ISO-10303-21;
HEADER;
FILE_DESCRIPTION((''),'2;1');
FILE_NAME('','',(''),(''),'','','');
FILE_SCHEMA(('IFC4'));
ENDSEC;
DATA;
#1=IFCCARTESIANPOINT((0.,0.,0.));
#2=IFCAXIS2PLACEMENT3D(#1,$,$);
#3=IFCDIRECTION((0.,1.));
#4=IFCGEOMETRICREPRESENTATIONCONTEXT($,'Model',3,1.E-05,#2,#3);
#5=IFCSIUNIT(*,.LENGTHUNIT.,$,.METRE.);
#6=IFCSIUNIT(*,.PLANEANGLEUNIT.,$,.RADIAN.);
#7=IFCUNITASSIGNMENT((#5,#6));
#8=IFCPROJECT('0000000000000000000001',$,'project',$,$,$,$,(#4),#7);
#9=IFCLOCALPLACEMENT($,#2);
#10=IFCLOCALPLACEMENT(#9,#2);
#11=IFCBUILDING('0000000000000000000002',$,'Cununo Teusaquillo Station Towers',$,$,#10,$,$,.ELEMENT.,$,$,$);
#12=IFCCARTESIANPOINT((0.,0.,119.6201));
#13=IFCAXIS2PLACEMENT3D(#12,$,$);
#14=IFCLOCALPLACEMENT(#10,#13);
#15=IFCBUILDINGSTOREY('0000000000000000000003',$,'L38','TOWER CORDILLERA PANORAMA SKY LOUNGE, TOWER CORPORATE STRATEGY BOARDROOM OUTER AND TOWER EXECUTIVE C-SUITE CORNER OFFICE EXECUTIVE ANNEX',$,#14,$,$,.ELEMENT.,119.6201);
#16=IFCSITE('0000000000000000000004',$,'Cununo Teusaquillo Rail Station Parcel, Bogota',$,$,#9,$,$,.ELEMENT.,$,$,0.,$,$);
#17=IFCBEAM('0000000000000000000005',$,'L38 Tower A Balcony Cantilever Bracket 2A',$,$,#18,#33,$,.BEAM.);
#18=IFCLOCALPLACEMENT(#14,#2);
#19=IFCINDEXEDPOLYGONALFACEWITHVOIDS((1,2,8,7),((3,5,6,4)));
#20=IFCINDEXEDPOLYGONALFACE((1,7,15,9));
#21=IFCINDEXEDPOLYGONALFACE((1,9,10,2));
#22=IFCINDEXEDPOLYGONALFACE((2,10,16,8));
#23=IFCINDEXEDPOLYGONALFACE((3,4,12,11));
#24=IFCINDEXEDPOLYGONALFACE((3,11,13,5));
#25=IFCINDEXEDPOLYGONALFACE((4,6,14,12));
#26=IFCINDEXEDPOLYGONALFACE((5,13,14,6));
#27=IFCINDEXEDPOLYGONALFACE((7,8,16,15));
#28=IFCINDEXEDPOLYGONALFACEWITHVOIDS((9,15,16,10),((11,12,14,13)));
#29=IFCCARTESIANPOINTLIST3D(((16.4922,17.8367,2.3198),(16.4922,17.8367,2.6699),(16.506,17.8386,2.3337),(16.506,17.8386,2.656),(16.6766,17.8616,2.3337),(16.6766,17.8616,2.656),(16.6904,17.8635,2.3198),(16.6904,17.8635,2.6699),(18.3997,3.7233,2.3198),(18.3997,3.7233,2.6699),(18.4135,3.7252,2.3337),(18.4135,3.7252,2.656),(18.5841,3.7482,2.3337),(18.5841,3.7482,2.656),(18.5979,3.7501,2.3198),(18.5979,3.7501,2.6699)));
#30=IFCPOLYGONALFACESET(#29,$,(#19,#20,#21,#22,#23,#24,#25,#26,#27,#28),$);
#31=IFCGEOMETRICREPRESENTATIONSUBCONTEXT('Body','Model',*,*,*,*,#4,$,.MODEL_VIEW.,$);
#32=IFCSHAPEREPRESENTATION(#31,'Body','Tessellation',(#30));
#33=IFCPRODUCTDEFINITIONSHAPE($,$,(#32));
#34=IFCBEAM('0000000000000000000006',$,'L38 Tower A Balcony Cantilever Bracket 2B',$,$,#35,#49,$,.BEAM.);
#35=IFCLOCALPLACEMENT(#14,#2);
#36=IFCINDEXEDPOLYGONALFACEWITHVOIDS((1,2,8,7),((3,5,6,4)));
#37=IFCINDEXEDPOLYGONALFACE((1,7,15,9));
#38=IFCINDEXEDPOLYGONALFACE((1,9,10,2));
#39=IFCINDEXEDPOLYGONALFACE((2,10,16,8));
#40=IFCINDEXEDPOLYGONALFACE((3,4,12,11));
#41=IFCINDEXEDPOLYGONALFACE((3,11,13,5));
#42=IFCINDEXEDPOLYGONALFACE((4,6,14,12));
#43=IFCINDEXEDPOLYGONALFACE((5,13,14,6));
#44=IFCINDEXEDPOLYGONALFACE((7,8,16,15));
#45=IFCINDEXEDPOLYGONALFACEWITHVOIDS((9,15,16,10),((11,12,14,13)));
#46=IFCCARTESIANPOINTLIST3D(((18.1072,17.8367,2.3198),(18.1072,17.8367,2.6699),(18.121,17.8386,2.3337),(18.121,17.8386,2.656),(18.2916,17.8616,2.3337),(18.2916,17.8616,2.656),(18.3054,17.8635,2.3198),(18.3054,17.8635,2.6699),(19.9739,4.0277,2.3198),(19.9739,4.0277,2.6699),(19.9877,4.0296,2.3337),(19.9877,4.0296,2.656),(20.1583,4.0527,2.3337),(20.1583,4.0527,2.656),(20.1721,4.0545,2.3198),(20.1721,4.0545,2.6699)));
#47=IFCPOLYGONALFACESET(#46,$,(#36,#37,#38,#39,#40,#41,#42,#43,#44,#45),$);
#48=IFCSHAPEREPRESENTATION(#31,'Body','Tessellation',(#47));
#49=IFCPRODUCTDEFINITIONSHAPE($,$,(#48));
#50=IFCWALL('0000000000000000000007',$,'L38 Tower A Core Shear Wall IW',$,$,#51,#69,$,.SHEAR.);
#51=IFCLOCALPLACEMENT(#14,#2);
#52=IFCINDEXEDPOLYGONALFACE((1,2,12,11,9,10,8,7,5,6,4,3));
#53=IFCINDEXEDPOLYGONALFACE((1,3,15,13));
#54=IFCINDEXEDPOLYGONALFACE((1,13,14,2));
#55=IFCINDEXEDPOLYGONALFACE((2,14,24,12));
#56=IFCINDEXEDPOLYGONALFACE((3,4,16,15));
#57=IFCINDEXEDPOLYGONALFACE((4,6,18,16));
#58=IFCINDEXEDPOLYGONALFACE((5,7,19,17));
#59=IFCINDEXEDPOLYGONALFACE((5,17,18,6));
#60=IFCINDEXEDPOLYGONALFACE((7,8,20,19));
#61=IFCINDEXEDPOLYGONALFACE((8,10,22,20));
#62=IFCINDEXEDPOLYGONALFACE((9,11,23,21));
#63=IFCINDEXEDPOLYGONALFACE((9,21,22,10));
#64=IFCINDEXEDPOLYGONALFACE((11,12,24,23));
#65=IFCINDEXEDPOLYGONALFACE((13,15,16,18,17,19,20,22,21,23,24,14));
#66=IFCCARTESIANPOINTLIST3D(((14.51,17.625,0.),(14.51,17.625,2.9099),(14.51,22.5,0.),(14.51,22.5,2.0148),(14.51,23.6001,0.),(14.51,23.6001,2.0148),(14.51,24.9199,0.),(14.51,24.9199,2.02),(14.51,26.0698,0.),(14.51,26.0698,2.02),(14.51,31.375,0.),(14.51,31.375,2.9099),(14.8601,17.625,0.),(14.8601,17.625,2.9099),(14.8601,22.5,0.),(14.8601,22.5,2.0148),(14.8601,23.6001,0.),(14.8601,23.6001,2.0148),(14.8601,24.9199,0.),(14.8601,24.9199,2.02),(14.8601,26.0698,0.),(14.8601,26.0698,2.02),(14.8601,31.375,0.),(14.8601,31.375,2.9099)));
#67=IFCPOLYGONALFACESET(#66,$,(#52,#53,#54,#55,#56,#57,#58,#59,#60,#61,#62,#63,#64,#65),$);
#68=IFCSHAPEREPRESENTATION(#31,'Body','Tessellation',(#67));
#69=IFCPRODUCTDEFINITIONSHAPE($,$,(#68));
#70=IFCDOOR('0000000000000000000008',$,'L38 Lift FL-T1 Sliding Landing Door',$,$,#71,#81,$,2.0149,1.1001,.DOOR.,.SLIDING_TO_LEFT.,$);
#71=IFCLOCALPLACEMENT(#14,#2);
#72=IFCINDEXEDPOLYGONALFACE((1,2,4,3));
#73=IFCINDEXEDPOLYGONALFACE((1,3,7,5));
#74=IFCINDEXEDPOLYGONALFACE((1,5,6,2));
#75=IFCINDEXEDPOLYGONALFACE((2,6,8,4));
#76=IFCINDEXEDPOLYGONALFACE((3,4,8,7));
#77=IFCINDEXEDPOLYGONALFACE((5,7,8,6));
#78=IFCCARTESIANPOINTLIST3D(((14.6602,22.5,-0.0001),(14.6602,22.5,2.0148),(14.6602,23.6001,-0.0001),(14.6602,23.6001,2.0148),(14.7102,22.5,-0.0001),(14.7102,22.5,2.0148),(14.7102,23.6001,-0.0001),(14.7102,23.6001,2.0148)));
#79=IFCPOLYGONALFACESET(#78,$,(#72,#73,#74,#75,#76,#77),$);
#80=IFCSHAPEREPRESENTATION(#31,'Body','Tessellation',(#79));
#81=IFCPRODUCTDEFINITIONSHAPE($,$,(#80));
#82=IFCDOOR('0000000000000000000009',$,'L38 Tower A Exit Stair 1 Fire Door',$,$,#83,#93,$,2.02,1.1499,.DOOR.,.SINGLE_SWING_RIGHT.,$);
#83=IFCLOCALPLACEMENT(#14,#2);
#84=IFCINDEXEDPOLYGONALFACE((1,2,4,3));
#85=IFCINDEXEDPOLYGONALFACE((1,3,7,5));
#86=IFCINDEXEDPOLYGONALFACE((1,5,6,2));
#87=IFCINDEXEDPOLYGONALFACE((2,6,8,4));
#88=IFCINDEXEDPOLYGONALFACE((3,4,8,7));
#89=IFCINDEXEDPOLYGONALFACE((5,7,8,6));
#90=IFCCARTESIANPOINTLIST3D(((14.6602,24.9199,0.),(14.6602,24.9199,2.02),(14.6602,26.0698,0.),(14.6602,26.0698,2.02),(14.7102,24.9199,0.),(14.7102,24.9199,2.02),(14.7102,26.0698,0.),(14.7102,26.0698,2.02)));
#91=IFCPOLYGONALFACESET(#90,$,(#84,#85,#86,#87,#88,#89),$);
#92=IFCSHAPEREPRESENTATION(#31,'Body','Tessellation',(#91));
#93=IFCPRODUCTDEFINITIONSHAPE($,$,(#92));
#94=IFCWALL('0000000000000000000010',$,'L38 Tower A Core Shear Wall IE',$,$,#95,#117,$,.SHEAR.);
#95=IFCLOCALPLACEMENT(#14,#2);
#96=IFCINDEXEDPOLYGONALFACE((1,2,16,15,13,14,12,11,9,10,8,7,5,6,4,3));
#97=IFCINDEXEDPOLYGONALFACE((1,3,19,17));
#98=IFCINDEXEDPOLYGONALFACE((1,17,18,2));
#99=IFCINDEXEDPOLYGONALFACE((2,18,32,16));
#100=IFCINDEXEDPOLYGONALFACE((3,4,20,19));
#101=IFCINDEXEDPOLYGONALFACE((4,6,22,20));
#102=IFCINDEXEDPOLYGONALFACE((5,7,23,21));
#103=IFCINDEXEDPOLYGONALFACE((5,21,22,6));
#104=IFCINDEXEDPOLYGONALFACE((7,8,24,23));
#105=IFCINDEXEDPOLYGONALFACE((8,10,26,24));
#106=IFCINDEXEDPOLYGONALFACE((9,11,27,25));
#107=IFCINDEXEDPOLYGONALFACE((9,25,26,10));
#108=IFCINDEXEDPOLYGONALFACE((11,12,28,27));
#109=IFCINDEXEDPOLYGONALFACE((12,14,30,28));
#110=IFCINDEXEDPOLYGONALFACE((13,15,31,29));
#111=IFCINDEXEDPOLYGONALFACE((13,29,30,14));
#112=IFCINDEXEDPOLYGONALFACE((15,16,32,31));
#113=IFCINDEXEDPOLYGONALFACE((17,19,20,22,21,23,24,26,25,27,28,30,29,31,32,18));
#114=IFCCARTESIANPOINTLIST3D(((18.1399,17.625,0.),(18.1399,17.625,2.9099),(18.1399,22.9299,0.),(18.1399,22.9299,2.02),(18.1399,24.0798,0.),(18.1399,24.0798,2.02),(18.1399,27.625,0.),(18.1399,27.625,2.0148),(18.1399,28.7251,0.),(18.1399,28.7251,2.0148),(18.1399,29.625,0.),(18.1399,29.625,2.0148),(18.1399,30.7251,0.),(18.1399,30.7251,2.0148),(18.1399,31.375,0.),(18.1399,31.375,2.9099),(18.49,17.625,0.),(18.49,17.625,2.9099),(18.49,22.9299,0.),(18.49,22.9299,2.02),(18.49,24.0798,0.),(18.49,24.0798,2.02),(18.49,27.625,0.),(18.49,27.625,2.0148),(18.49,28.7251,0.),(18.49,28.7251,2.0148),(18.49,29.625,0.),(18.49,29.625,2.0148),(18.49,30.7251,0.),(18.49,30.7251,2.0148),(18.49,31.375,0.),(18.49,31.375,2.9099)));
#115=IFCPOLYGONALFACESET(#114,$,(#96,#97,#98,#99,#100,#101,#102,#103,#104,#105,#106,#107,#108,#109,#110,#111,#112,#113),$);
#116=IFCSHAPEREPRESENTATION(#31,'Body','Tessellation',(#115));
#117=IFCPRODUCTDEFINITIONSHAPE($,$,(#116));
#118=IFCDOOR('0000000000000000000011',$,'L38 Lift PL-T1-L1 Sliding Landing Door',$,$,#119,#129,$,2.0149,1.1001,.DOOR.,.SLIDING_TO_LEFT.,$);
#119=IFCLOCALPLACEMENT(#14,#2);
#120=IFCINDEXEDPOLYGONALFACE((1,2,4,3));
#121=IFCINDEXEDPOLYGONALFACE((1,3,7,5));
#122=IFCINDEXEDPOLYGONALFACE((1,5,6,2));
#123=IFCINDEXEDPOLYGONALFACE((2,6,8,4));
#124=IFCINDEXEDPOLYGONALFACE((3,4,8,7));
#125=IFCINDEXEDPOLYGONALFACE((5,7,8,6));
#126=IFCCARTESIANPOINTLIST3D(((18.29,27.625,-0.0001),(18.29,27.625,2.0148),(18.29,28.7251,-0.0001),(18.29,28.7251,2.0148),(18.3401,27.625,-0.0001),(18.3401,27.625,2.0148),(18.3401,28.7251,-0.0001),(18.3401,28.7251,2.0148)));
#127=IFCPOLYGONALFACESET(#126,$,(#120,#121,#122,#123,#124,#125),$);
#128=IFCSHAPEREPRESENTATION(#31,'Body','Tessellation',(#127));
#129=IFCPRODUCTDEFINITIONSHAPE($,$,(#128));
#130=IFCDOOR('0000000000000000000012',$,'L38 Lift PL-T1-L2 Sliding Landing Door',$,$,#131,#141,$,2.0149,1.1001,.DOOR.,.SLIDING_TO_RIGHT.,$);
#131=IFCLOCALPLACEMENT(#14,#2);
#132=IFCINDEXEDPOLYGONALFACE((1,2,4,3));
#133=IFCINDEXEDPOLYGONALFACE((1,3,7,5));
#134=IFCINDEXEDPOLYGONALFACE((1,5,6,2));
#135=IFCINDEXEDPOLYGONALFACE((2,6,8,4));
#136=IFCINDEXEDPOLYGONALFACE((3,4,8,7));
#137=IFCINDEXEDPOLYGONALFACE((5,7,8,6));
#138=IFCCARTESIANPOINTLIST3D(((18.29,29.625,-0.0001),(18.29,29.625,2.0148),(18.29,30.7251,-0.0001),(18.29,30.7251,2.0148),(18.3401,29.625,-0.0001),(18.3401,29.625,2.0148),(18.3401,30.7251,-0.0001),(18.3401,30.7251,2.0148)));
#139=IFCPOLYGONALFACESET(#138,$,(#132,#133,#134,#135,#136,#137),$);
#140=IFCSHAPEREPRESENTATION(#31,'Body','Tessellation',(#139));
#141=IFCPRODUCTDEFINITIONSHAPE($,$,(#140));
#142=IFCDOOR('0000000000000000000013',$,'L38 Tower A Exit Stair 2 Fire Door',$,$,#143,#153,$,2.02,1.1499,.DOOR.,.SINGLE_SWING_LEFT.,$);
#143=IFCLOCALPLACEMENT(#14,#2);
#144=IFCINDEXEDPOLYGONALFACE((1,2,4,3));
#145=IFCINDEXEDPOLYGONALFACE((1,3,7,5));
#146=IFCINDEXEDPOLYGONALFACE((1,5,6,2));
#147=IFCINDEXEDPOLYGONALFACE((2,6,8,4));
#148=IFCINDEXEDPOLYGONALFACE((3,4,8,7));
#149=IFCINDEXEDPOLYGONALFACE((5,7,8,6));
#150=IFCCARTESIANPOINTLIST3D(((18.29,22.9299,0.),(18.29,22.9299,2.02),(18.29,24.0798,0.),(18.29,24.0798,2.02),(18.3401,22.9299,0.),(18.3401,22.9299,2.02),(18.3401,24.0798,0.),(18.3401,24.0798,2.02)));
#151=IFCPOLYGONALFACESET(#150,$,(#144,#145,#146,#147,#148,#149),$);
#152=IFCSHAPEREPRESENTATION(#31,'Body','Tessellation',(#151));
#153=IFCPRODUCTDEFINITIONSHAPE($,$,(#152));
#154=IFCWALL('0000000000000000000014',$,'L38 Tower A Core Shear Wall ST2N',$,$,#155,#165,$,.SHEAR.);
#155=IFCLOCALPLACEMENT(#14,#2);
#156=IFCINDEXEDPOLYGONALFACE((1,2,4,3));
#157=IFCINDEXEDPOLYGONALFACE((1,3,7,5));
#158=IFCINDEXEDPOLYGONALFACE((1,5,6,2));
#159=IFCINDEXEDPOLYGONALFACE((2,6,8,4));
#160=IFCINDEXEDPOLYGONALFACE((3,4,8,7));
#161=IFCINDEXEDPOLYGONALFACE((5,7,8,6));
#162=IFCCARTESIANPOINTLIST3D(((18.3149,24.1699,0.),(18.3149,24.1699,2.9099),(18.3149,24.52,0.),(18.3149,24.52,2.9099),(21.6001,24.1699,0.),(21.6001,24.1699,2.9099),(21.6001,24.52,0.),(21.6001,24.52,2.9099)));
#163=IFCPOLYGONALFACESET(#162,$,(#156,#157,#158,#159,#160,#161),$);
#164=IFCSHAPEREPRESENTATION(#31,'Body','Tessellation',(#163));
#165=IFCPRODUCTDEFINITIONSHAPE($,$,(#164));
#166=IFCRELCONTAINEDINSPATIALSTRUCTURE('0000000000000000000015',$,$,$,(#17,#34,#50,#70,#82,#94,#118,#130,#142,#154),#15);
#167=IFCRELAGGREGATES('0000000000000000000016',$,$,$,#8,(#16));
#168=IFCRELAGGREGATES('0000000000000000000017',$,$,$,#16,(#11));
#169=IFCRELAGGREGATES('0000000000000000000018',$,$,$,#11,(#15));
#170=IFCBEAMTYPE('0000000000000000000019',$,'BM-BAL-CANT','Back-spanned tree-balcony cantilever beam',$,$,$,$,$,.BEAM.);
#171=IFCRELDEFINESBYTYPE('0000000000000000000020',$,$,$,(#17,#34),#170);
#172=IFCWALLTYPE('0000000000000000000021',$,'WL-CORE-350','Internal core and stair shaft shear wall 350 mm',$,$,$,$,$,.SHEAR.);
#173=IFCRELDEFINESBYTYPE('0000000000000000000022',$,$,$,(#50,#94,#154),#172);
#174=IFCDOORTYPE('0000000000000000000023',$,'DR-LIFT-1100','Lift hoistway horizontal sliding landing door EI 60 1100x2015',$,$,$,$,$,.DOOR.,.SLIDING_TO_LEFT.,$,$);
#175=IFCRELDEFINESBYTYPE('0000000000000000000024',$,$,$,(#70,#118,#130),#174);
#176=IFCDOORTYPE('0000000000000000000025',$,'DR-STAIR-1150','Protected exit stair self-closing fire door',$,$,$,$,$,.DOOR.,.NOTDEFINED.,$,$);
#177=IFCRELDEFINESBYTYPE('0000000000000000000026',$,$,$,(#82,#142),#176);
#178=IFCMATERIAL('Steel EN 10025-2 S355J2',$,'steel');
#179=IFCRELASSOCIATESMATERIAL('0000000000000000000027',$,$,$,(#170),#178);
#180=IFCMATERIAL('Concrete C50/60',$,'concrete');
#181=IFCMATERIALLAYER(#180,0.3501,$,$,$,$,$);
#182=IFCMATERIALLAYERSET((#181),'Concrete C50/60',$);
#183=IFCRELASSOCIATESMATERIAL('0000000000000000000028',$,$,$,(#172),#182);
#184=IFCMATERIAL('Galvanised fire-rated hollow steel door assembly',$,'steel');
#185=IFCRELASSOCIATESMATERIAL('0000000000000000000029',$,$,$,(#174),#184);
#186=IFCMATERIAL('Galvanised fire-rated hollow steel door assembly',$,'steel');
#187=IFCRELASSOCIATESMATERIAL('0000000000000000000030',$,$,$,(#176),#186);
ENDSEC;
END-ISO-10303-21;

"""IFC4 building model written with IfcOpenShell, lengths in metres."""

from ifc_helpers import new_model, si_unit, direction, frame, frame_2d, origin, origin_2d, place, context, subcontext, project, spatial, rectangle, hollow_rectangle, extrude, source, transform, mapped, material, layer, layer_set, material_profile, profile_set, type_object, element, fill, save


model = new_model("IFC4")

# Units and contexts
model_context = context("Model", 3, precision=1e-05, world=origin(), true_north=direction((0.0, 1.0)))
body_context = subcontext(model_context, "Body", "Model", "MODEL_VIEW")
ifc_project = project(units=[si_unit("LENGTHUNIT", "METRE"), si_unit("PLANEANGLEUNIT", "RADIAN")], contexts=[model_context])

# Site, building, storey
site_placement = place(None, origin())
site = spatial("IfcSite", under=ifc_project, at=site_placement, Name="Cununo Teusaquillo Rail Station Parcel, Bogota", CompositionType="ELEMENT", RefElevation=0.0)
building_placement = place(site_placement, origin())
building = spatial("IfcBuilding", under=site, at=building_placement, Name="Cununo Teusaquillo Station Towers", CompositionType="ELEMENT")
storey_placement = place(building_placement, frame((0.0, 0.0, 119.6201)))
storey = spatial("IfcBuildingStorey", under=building, at=storey_placement, Name="L38", Description="TOWER CORDILLERA PANORAMA SKY LOUNGE, TOWER CORPORATE STRATEGY BOARDROOM OUTER AND TOWER EXECUTIVE C-SUITE CORNER OFFICE EXECUTIVE ANNEX", CompositionType="ELEMENT", Elevation=119.6201)

# Beams
ifc_material_1 = material(Name="Steel EN 10025-2 S355J2", Category="steel")
ifc_material_profile = material_profile(ifc_material_1, hollow_rectangle(XDim=0.2, YDim=0.3501, WallThickness=0.0139, at=origin_2d()), Name="RHS 350x200x14")
ifc_profile_set = profile_set([ifc_material_profile], Name="Steel EN 10025-2 S355J2")
beam_type = type_object("IfcBeamType", Name="BM-BAL-CANT", Description="Back-spanned tree-balcony cantilever beam", PredefinedType="BEAM", material=ifc_profile_set)
beam_1_placement = place(storey_placement, frame((16.5913, 17.8501, 2.4949), z_axis=(0.133937, -0.99099, 0.0), x_axis=(0.99099, 0.133937, 0.0)))
element("IfcBeam", 1, at=beam_1_placement, inside=storey, type_object=beam_type, Name="L38 Tower A Balcony Cantilever Bracket 2A", PredefinedType="BEAM", context=body_context, shape_type="SweptSolid", body=[
    extrude(hollow_rectangle(XDim=0.2, YDim=0.3501, WallThickness=0.0139, at=origin_2d()), origin(), (0.0, 0.0, 1.0), 14.2417),
])
beam_2_placement = place(storey_placement, frame((18.2063, 17.8501, 2.4949), z_axis=(0.133961, -0.990987, 0.0), x_axis=(0.990987, 0.133961, 0.0)))
element("IfcBeam", 2, at=beam_2_placement, inside=storey, type_object=beam_type, Name="L38 Tower A Balcony Cantilever Bracket 2B", PredefinedType="BEAM", context=body_context, shape_type="SweptSolid", body=[
    extrude(hollow_rectangle(XDim=0.2, YDim=0.3501, WallThickness=0.0139, at=origin_2d()), origin(), (0.0, 0.0, 1.0), 13.9346),
])

# Walls, openings, doors
ifc_material_2 = material(Name="Concrete C50/60", Category="concrete")
ifc_layer_1 = layer(ifc_material_2, 0.3501)
ifc_layer_set_1 = layer_set([ifc_layer_1], Name="Concrete C50/60")
wall_type_1 = type_object("IfcWallType", Name="WL-CORE-350", Description="Internal core and stair shaft shear wall 350 mm", PredefinedType="SHEAR", material=ifc_layer_set_1)
wall_1_placement = place(storey_placement, frame((14.6851, 17.625, 0.0), z_axis=(0.0, 0.0, 1.0), x_axis=(0.0, 1.0, 0.0)))
wall_1 = element("IfcWall", 3, at=wall_1_placement, inside=storey, type_object=wall_type_1, Name="L38 Tower A Core Shear Wall IW", PredefinedType="SHEAR", context=body_context, shape_type="SweptSolid", body=[
    extrude(rectangle(XDim=13.75, YDim=0.3501, at=frame_2d((6.875, 0.0))), origin(), (0.0, 0.0, 1.0), 2.9099),
])
shared_shape_1 = source(origin(), body_context, "Body", "SweptSolid", [
    extrude(rectangle(XDim=1.1001, YDim=2.0149, at=frame_2d((0.55, 1.0073))), frame((0.0, 0.1851, 0.0), z_axis=(0.0, -1.0, 0.0), x_axis=(1.0, 0.0, 0.0)), (0.0, 0.0, 1.0), 0.3701),
])
opening_1_placement = place(wall_1_placement, frame((4.875, 0.0, 0.0)))
opening_1 = element("IfcOpeningElement", 4, at=opening_1_placement, cuts=wall_1, PredefinedType="OPENING", context=body_context, shape_type="MappedRepresentation", body=[
    mapped(shared_shape_1, transform((0.0, 0.0, 0.0), x_axis=(1.0, 0.0, 0.0), y_axis=(0.0, 1.0, 0.0), z_axis=(0.0, 0.0, 1.0), scale=1.0)),
])
shared_shape_2 = source(origin(), body_context, "Body", "SweptSolid", [
    extrude(rectangle(XDim=1.1499, YDim=2.02, at=frame_2d((0.575, 1.01))), frame((0.0, 0.1851, 0.0), z_axis=(0.0, -1.0, 0.0), x_axis=(1.0, 0.0, 0.0)), (0.0, 0.0, 1.0), 0.3701),
])
opening_2_placement = place(wall_1_placement, frame((7.2949, 0.0, 0.0)))
opening_2 = element("IfcOpeningElement", 5, at=opening_2_placement, cuts=wall_1, PredefinedType="OPENING", context=body_context, shape_type="MappedRepresentation", body=[
    mapped(shared_shape_2, transform((0.0, 0.0, 0.0), x_axis=(1.0, 0.0, 0.0), y_axis=(0.0, 1.0, 0.0), z_axis=(0.0, 0.0, 1.0), scale=1.0)),
])
ifc_material_3 = material(Name="Galvanised fire-rated hollow steel door assembly", Category="steel")
door_type_1 = type_object("IfcDoorType", Name="DR-LIFT-1100", Description="Lift hoistway horizontal sliding landing door EI 60 1100x2015", OperationType="SLIDING_TO_LEFT", PredefinedType="DOOR", material=ifc_material_3)
shared_shape_3 = source(origin(), body_context, "Body", "SweptSolid", [
    extrude(rectangle(XDim=1.1001, YDim=2.0149, at=frame_2d((0.55, 1.0073))), frame((0.0, 0.0249, 0.0), z_axis=(0.0, -1.0, 0.0), x_axis=(1.0, 0.0, 0.0)), (0.0, 0.0, 1.0), 0.05),
])
door_1_placement = place(opening_1_placement, origin())
door_1 = element("IfcDoor", 6, at=door_1_placement, inside=storey, type_object=door_type_1, Name="L38 Lift FL-T1 Sliding Landing Door", OperationType="SLIDING_TO_LEFT", OverallHeight=2.0149, OverallWidth=1.1001, PredefinedType="DOOR", context=body_context, shape_type="MappedRepresentation", body=[
    mapped(shared_shape_3, transform((0.0, 0.0, 0.0), x_axis=(1.0, 0.0, 0.0), y_axis=(0.0, 1.0, 0.0), z_axis=(0.0, 0.0, 1.0), scale=1.0)),
])
fill(opening_1, door_1)
ifc_material_4 = material(Name="Galvanised fire-rated hollow steel door assembly", Category="steel")
door_type_2 = type_object("IfcDoorType", Name="DR-STAIR-1150", Description="Protected exit stair self-closing fire door", OperationType="NOTDEFINED", PredefinedType="DOOR", material=ifc_material_4)
shared_shape_4 = source(origin(), body_context, "Body", "SweptSolid", [
    extrude(rectangle(XDim=1.1499, YDim=2.02, at=frame_2d((0.575, 1.01))), frame((0.0, 0.0249, 0.0), z_axis=(0.0, -1.0, 0.0), x_axis=(1.0, 0.0, 0.0)), (0.0, 0.0, 1.0), 0.05),
])
door_2_placement = place(opening_2_placement, origin())
door_2 = element("IfcDoor", 7, at=door_2_placement, inside=storey, type_object=door_type_2, Name="L38 Tower A Exit Stair 1 Fire Door", OperationType="SINGLE_SWING_RIGHT", OverallHeight=2.02, OverallWidth=1.1499, PredefinedType="DOOR", context=body_context, shape_type="MappedRepresentation", body=[
    mapped(shared_shape_4, transform((0.0, 0.0, 0.0), x_axis=(1.0, 0.0, 0.0), y_axis=(0.0, 1.0, 0.0), z_axis=(0.0, 0.0, 1.0), scale=1.0)),
])
fill(opening_2, door_2)
wall_2_placement = place(storey_placement, frame((18.3149, 17.625, 0.0), z_axis=(0.0, 0.0, 1.0), x_axis=(0.0, 1.0, 0.0)))
wall_2 = element("IfcWall", 8, at=wall_2_placement, inside=storey, type_object=wall_type_1, Name="L38 Tower A Core Shear Wall IE", PredefinedType="SHEAR", context=body_context, shape_type="SweptSolid", body=[
    extrude(rectangle(XDim=13.75, YDim=0.3501, at=frame_2d((6.875, 0.0))), origin(), (0.0, 0.0, 1.0), 2.9099),
])
opening_3_placement = place(wall_2_placement, frame((10.0, 0.0, 0.0)))
opening_3 = element("IfcOpeningElement", 9, at=opening_3_placement, cuts=wall_2, PredefinedType="OPENING", context=body_context, shape_type="MappedRepresentation", body=[
    mapped(shared_shape_1, transform((0.0, 0.0, 0.0), x_axis=(1.0, 0.0, 0.0), y_axis=(0.0, 1.0, 0.0), z_axis=(0.0, 0.0, 1.0), scale=1.0)),
])
opening_4_placement = place(wall_2_placement, frame((12.0, 0.0, 0.0)))
opening_4 = element("IfcOpeningElement", 10, at=opening_4_placement, cuts=wall_2, PredefinedType="OPENING", context=body_context, shape_type="MappedRepresentation", body=[
    mapped(shared_shape_1, transform((0.0, 0.0, 0.0), x_axis=(1.0, 0.0, 0.0), y_axis=(0.0, 1.0, 0.0), z_axis=(0.0, 0.0, 1.0), scale=1.0)),
])
opening_5_placement = place(wall_2_placement, frame((5.3049, 0.0, 0.0)))
opening_5 = element("IfcOpeningElement", 11, at=opening_5_placement, cuts=wall_2, PredefinedType="OPENING", context=body_context, shape_type="MappedRepresentation", body=[
    mapped(shared_shape_2, transform((0.0, 0.0, 0.0), x_axis=(1.0, 0.0, 0.0), y_axis=(0.0, 1.0, 0.0), z_axis=(0.0, 0.0, 1.0), scale=1.0)),
])
door_3_placement = place(opening_3_placement, origin())
door_3 = element("IfcDoor", 12, at=door_3_placement, inside=storey, type_object=door_type_1, Name="L38 Lift PL-T1-L1 Sliding Landing Door", OperationType="SLIDING_TO_LEFT", OverallHeight=2.0149, OverallWidth=1.1001, PredefinedType="DOOR", context=body_context, shape_type="MappedRepresentation", body=[
    mapped(shared_shape_3, transform((0.0, 0.0, 0.0), x_axis=(1.0, 0.0, 0.0), y_axis=(0.0, 1.0, 0.0), z_axis=(0.0, 0.0, 1.0), scale=1.0)),
])
fill(opening_3, door_3)
door_4_placement = place(opening_4_placement, origin())
door_4 = element("IfcDoor", 13, at=door_4_placement, inside=storey, type_object=door_type_1, Name="L38 Lift PL-T1-L2 Sliding Landing Door", OperationType="SLIDING_TO_RIGHT", OverallHeight=2.0149, OverallWidth=1.1001, PredefinedType="DOOR", context=body_context, shape_type="MappedRepresentation", body=[
    mapped(shared_shape_3, transform((0.0, 0.0, 0.0), x_axis=(1.0, 0.0, 0.0), y_axis=(0.0, 1.0, 0.0), z_axis=(0.0, 0.0, 1.0), scale=1.0)),
])
fill(opening_4, door_4)
door_5_placement = place(opening_5_placement, origin())
door_5 = element("IfcDoor", 14, at=door_5_placement, inside=storey, type_object=door_type_2, Name="L38 Tower A Exit Stair 2 Fire Door", OperationType="SINGLE_SWING_LEFT", OverallHeight=2.02, OverallWidth=1.1499, PredefinedType="DOOR", context=body_context, shape_type="MappedRepresentation", body=[
    mapped(shared_shape_4, transform((0.0, 0.0, 0.0), x_axis=(1.0, 0.0, 0.0), y_axis=(0.0, 1.0, 0.0), z_axis=(0.0, 0.0, 1.0), scale=1.0)),
])
fill(opening_5, door_5)

# Wall
wall_3_placement = place(storey_placement, frame((18.3149, 24.345, 0.0), z_axis=(0.0, 0.0, 1.0), x_axis=(1.0, 0.0, 0.0)))
element("IfcWall", 15, at=wall_3_placement, inside=storey, type_object=wall_type_1, Name="L38 Tower A Core Shear Wall ST2N", PredefinedType="SHEAR", context=body_context, shape_type="SweptSolid", body=[
    extrude(rectangle(XDim=3.2852, YDim=0.3501, at=frame_2d((1.6426, 0.0))), origin(), (0.0, 0.0, 1.0), 2.9099),
])

save(model, "model.ifc")
